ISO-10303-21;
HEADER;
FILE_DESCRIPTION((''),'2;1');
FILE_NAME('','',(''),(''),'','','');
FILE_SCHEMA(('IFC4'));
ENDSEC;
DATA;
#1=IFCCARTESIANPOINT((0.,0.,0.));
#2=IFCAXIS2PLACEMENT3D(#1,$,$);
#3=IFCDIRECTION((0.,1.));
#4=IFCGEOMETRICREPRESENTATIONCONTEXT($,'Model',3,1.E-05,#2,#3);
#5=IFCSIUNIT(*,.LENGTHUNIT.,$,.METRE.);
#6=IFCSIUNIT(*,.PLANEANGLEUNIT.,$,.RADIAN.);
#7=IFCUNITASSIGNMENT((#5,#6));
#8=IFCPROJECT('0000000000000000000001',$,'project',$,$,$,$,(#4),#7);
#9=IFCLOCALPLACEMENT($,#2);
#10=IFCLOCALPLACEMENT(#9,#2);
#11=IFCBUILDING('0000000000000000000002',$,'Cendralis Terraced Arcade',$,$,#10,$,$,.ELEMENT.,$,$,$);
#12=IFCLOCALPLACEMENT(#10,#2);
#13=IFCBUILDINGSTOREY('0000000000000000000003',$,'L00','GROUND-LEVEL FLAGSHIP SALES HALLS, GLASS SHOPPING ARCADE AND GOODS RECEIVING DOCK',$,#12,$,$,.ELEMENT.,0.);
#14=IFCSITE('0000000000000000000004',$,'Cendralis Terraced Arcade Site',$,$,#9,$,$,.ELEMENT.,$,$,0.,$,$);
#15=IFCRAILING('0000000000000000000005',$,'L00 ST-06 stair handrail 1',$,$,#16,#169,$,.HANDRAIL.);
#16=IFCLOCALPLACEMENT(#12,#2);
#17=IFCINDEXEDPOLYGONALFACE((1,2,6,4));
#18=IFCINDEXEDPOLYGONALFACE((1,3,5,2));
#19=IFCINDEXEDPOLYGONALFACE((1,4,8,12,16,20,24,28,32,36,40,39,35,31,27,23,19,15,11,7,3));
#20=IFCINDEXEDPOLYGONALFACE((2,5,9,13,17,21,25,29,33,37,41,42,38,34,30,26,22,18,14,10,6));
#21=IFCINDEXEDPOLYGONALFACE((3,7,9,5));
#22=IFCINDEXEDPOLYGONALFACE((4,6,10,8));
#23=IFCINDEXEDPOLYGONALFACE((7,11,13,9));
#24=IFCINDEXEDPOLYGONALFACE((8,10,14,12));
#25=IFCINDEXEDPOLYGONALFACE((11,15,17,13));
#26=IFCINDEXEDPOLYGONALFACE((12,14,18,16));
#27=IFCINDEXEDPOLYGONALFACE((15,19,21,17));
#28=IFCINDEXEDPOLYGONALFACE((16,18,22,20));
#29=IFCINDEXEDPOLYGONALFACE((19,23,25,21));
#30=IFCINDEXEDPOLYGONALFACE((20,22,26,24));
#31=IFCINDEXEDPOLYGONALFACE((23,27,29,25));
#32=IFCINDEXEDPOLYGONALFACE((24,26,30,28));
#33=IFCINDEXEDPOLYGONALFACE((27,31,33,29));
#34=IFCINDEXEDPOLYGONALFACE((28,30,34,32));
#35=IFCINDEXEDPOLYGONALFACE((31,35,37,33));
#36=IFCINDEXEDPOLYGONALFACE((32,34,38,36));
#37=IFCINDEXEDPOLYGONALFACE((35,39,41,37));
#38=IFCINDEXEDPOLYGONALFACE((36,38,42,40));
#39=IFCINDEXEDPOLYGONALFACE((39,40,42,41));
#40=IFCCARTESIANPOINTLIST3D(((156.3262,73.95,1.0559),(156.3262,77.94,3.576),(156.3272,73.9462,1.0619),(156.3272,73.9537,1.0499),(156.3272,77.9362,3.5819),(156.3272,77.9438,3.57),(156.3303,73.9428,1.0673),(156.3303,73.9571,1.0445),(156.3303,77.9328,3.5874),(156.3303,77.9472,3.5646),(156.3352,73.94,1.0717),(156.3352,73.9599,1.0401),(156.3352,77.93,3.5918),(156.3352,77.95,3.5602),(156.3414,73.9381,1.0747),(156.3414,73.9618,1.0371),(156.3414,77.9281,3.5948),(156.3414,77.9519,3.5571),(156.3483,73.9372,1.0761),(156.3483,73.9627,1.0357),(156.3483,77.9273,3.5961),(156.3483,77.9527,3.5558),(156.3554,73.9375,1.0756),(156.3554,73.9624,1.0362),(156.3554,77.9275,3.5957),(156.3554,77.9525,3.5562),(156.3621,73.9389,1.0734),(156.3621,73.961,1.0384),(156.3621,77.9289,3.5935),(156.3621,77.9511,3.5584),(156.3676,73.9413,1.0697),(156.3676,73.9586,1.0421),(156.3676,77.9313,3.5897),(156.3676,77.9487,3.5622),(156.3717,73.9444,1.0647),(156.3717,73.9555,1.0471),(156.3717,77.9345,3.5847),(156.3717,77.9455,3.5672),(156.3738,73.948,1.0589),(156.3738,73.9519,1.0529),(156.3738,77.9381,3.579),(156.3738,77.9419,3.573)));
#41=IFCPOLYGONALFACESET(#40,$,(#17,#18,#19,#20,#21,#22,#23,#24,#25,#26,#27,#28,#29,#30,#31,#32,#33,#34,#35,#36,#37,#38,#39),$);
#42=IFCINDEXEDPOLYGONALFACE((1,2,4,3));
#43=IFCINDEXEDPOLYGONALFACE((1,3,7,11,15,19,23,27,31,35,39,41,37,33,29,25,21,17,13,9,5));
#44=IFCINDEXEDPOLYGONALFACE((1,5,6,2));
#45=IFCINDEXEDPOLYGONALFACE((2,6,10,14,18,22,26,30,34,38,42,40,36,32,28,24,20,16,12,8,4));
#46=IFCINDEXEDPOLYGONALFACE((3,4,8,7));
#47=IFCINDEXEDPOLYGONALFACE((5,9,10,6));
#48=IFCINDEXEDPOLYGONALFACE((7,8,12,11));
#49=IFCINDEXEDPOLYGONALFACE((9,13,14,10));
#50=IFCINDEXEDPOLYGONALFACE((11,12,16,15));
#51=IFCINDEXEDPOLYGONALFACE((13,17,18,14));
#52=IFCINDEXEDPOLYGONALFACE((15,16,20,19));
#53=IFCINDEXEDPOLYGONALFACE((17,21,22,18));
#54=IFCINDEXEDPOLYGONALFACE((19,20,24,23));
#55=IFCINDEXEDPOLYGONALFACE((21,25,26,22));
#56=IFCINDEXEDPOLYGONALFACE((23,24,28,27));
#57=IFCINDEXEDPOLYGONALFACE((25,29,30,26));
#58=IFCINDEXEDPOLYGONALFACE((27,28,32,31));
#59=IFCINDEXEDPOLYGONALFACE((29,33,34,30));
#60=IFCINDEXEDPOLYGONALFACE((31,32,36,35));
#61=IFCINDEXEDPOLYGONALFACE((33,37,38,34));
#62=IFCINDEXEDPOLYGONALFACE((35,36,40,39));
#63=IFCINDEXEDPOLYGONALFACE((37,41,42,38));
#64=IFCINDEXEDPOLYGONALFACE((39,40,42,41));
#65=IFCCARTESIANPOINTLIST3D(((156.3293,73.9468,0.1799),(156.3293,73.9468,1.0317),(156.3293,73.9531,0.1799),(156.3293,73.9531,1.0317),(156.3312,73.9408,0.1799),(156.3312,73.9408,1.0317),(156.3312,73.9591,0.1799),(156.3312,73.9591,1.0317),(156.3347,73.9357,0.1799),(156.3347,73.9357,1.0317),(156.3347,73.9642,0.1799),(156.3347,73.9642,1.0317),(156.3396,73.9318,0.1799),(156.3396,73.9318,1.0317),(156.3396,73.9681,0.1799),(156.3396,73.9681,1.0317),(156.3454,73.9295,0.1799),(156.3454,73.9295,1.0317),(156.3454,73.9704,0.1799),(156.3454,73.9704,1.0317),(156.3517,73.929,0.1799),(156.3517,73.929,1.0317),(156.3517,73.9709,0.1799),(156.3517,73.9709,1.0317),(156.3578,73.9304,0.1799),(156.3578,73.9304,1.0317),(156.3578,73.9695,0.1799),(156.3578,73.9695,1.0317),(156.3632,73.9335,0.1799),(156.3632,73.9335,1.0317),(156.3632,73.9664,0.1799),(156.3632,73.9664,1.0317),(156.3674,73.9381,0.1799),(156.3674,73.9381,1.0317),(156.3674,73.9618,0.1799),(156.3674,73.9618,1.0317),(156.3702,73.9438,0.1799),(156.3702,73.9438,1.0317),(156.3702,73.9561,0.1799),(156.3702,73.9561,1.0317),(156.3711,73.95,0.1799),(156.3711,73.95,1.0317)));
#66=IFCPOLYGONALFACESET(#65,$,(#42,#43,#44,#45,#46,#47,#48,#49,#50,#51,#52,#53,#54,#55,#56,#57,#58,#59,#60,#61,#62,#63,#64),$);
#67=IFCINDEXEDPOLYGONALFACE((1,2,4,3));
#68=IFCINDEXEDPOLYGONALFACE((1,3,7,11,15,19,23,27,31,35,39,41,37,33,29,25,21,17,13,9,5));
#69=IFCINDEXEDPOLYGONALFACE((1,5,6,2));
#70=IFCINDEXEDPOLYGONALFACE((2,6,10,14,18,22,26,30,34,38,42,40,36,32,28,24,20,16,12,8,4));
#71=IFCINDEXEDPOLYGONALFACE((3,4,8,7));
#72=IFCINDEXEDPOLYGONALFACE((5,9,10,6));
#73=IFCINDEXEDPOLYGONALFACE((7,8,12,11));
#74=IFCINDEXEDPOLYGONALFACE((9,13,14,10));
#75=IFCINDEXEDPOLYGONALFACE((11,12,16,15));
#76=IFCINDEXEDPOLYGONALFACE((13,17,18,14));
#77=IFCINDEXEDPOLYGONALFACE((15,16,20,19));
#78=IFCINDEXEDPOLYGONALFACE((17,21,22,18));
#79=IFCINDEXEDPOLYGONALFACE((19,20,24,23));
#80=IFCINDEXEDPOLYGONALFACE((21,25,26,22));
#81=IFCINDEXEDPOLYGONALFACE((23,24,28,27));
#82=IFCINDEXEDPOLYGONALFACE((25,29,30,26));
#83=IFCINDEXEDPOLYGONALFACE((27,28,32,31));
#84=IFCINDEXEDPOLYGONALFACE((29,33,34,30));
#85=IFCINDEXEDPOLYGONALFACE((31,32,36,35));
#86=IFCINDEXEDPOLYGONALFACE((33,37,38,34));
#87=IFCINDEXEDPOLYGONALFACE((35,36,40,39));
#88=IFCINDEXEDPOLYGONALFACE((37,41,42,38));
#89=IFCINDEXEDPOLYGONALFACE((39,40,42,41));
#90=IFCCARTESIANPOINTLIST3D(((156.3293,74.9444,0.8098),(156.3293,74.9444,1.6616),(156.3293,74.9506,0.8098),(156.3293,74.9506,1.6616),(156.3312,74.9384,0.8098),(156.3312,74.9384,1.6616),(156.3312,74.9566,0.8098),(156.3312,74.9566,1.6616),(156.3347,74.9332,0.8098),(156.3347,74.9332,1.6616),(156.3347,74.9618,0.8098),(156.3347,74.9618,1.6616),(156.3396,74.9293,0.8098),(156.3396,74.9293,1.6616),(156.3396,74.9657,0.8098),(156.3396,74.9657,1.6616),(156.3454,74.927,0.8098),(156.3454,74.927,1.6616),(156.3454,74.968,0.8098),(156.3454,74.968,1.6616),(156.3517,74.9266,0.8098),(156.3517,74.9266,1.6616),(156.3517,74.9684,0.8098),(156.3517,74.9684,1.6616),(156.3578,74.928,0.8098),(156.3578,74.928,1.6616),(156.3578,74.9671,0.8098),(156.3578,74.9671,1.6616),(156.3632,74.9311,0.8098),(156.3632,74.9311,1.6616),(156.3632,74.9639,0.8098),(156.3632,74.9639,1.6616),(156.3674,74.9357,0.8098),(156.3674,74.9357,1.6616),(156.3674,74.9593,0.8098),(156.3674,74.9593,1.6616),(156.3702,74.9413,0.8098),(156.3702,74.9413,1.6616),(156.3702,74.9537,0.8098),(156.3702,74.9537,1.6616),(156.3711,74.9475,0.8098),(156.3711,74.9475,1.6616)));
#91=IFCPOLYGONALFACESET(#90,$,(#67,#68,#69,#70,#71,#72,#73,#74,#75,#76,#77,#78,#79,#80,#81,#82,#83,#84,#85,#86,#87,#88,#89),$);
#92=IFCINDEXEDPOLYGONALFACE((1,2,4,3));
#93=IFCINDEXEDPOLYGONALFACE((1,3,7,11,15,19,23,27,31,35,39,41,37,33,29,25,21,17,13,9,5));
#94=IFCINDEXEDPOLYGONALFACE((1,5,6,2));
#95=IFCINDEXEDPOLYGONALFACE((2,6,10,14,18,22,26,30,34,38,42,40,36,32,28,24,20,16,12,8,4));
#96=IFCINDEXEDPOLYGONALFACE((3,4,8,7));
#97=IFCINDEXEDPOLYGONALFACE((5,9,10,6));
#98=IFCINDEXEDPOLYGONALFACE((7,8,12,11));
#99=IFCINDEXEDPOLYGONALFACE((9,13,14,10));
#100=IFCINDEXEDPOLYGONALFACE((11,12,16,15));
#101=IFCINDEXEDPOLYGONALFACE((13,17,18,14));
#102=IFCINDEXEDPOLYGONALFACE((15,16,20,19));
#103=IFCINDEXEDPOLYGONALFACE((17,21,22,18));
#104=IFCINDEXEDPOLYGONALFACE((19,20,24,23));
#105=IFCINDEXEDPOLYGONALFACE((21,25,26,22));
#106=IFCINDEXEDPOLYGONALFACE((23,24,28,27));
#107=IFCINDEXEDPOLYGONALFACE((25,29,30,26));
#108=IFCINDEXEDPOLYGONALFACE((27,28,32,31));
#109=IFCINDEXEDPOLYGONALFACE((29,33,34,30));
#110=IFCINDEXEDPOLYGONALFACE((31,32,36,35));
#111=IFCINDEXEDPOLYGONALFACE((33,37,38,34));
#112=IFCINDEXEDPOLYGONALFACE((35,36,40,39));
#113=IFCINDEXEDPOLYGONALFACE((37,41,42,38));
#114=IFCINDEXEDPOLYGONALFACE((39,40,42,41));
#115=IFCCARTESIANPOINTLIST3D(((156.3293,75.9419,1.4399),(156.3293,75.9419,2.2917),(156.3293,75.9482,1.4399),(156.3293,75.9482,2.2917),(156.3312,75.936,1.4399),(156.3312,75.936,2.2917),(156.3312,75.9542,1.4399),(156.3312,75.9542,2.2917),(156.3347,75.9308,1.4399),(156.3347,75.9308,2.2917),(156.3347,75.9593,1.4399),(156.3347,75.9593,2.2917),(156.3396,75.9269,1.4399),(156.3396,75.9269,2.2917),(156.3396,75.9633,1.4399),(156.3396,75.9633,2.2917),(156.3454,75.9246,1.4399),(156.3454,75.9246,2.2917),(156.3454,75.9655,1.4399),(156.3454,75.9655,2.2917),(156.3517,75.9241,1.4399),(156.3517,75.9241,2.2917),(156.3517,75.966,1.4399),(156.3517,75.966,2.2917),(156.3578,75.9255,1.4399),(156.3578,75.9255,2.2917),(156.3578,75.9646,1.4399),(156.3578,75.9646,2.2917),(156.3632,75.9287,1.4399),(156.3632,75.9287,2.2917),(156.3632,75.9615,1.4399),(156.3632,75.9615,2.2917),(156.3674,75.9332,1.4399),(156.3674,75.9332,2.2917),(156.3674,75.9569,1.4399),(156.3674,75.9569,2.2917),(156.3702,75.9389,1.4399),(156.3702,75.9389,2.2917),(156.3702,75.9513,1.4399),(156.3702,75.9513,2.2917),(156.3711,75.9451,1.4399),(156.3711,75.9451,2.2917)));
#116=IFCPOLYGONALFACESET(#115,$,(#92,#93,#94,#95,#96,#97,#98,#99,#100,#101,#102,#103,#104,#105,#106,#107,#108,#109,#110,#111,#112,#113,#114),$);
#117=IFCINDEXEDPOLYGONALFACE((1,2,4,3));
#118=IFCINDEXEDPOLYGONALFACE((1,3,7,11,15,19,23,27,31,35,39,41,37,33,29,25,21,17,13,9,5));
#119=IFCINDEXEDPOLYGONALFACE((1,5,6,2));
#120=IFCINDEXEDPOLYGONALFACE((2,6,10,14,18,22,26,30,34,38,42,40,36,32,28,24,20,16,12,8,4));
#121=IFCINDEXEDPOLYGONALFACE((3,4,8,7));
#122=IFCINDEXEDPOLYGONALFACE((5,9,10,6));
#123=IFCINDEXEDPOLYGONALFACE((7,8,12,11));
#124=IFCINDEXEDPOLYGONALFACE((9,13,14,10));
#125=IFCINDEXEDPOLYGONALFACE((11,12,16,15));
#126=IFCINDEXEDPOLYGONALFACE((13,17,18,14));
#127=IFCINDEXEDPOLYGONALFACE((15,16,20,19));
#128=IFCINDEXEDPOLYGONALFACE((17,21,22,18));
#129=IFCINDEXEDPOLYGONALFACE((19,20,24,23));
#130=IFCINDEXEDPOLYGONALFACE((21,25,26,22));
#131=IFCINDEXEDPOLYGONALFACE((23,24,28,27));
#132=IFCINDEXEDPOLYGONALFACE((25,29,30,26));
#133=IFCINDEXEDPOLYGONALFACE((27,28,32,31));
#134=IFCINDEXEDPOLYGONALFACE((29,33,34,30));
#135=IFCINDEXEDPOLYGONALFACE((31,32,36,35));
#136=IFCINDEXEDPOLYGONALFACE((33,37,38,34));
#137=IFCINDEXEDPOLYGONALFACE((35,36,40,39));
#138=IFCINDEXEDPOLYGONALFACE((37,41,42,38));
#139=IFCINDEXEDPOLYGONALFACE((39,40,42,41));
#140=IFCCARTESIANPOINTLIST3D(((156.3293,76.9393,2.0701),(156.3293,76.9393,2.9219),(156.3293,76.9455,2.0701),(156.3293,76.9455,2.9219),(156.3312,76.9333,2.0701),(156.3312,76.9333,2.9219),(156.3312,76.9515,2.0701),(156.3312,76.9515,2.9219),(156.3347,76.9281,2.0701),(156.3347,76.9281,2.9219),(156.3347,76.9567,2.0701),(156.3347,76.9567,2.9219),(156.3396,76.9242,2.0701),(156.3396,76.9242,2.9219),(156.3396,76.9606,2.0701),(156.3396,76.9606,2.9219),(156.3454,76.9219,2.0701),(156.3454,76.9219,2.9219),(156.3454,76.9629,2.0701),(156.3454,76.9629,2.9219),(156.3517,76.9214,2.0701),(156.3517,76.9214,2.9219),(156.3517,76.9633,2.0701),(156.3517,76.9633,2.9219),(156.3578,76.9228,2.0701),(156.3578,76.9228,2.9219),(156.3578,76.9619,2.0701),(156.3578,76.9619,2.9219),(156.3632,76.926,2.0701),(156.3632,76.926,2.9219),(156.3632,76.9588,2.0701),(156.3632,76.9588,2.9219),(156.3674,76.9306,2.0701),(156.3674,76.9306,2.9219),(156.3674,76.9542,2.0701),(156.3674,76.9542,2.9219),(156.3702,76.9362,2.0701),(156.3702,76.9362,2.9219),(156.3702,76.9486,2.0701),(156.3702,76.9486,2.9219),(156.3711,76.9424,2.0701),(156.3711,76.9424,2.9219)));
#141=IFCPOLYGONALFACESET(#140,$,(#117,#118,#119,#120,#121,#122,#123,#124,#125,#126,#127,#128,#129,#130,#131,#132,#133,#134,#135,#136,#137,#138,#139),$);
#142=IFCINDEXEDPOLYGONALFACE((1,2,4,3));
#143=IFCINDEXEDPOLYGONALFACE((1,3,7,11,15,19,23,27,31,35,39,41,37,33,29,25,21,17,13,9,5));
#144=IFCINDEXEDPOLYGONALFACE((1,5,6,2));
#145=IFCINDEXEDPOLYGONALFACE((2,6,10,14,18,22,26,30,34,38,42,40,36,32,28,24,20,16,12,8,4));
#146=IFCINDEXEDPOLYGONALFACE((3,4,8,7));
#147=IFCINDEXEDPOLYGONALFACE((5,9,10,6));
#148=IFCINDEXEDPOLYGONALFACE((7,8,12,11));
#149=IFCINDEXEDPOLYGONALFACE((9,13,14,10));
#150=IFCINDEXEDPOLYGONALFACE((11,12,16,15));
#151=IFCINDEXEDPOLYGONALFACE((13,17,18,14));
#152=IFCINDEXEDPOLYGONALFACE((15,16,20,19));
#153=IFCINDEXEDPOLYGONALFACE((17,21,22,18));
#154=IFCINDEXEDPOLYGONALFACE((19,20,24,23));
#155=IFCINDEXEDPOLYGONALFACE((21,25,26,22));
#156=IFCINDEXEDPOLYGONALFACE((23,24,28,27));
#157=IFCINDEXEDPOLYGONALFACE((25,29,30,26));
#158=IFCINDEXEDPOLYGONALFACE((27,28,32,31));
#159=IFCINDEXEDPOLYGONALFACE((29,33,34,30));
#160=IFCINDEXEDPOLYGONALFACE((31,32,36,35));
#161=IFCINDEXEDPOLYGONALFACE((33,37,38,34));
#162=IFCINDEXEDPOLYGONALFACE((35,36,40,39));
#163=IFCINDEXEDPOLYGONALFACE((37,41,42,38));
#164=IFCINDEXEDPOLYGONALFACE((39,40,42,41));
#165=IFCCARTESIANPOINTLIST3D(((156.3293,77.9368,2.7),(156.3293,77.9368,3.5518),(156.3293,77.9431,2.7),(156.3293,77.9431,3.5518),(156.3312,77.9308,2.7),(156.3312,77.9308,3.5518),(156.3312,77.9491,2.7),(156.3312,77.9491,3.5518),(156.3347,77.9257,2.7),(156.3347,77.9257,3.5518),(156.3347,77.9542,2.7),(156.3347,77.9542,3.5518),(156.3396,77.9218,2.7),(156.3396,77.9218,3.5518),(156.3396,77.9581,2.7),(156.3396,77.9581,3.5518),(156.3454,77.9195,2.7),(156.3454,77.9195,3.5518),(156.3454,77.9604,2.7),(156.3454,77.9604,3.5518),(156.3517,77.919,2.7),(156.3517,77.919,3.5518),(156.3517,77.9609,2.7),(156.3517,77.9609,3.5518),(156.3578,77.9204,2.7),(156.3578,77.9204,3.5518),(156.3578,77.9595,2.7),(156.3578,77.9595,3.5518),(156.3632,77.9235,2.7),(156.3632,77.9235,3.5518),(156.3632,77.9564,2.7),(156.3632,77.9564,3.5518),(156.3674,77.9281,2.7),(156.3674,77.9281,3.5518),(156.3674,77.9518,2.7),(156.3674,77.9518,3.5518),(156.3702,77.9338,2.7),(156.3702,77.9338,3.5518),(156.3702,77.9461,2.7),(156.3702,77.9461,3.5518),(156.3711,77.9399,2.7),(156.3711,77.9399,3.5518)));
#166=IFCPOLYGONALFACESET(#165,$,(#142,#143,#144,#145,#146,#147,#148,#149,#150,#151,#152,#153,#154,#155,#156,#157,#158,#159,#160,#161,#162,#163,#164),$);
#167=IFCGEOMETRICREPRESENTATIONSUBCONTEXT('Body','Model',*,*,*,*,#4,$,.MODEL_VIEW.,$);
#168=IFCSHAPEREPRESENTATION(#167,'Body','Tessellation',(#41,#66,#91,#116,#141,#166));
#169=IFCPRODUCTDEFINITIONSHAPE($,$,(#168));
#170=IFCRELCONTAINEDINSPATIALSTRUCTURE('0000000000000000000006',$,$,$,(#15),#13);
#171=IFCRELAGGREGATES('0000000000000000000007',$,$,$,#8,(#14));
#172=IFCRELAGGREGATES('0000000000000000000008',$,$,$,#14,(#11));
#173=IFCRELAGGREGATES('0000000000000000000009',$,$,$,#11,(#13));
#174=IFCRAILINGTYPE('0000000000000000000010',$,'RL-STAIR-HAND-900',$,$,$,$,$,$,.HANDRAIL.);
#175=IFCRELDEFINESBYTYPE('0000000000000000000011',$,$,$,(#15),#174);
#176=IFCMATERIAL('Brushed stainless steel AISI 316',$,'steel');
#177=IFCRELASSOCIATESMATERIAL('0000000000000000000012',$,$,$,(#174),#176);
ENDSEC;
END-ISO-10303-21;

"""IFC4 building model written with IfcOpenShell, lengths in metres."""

from ifc_helpers import new_model, si_unit, direction, frame, origin, origin_2d, place, context, subcontext, project, spatial, circle, extrude, material, type_object, element, save


model = new_model("IFC4")

# Units and contexts
model_context = context("Model", 3, precision=1e-05, world=origin(), true_north=direction((0.0, 1.0)))
body_context = subcontext(model_context, "Body", "Model", "MODEL_VIEW")
ifc_project = project(units=[si_unit("LENGTHUNIT", "METRE"), si_unit("PLANEANGLEUNIT", "RADIAN")], contexts=[model_context])

# Site, building, storey
site_placement = place(None, origin())
site = spatial("IfcSite", under=ifc_project, at=site_placement, Name="Cendralis Terraced Arcade Site", CompositionType="ELEMENT", RefElevation=0.0)
building_placement = place(site_placement, origin())
building = spatial("IfcBuilding", under=site, at=building_placement, Name="Cendralis Terraced Arcade", CompositionType="ELEMENT")
storey_placement = place(building_placement, origin())
storey = spatial("IfcBuildingStorey", under=building, at=storey_placement, Name="L00", Description="GROUND-LEVEL FLAGSHIP SALES HALLS, GLASS SHOPPING ARCADE AND GOODS RECEIVING DOCK", CompositionType="ELEMENT", Elevation=0.0)

# Railing
ifc_material_1 = material(Name="Brushed stainless steel AISI 316", Category="steel")
railing_type_1 = type_object("IfcRailingType", Name="RL-STAIR-HAND-900", PredefinedType="HANDRAIL", material=ifc_material_1)
railing_1_placement = place(storey_placement, frame((156.3501, 73.95, 0.1799)))
element("IfcRailing", 1, at=railing_1_placement, inside=storey, type_object=railing_type_1, Name="L00 ST-06 stair handrail 1", PredefinedType="HANDRAIL", context=body_context, shape_type="SweptSolid", body=[
    extrude(circle(Radius=0.0239, at=origin_2d()), frame((0.0, 0.0, 0.876), z_axis=(0.0, 0.845486, 0.533997), x_axis=(-1.0, 0.0, 0.0)), (0.0, 0.0, 1.0), 4.7192),
    extrude(circle(Radius=0.021, at=origin_2d()), origin(), (0.0, 0.0, 1.0), 0.8518),
    extrude(circle(Radius=0.021, at=origin_2d()), frame((0.0, 0.9976, 0.6299)), (0.0, 0.0, 1.0), 0.8518),
    extrude(circle(Radius=0.021, at=origin_2d()), frame((0.0, 1.9951, 1.26)), (0.0, 0.0, 1.0), 0.8518),
    extrude(circle(Radius=0.021, at=origin_2d()), frame((0.0, 2.9924, 1.8901)), (0.0, 0.0, 1.0), 0.8518),
    extrude(circle(Radius=0.021, at=origin_2d()), frame((0.0, 3.99, 2.52)), (0.0, 0.0, 1.0), 0.8518),
])

save(model, "model.ifc")
